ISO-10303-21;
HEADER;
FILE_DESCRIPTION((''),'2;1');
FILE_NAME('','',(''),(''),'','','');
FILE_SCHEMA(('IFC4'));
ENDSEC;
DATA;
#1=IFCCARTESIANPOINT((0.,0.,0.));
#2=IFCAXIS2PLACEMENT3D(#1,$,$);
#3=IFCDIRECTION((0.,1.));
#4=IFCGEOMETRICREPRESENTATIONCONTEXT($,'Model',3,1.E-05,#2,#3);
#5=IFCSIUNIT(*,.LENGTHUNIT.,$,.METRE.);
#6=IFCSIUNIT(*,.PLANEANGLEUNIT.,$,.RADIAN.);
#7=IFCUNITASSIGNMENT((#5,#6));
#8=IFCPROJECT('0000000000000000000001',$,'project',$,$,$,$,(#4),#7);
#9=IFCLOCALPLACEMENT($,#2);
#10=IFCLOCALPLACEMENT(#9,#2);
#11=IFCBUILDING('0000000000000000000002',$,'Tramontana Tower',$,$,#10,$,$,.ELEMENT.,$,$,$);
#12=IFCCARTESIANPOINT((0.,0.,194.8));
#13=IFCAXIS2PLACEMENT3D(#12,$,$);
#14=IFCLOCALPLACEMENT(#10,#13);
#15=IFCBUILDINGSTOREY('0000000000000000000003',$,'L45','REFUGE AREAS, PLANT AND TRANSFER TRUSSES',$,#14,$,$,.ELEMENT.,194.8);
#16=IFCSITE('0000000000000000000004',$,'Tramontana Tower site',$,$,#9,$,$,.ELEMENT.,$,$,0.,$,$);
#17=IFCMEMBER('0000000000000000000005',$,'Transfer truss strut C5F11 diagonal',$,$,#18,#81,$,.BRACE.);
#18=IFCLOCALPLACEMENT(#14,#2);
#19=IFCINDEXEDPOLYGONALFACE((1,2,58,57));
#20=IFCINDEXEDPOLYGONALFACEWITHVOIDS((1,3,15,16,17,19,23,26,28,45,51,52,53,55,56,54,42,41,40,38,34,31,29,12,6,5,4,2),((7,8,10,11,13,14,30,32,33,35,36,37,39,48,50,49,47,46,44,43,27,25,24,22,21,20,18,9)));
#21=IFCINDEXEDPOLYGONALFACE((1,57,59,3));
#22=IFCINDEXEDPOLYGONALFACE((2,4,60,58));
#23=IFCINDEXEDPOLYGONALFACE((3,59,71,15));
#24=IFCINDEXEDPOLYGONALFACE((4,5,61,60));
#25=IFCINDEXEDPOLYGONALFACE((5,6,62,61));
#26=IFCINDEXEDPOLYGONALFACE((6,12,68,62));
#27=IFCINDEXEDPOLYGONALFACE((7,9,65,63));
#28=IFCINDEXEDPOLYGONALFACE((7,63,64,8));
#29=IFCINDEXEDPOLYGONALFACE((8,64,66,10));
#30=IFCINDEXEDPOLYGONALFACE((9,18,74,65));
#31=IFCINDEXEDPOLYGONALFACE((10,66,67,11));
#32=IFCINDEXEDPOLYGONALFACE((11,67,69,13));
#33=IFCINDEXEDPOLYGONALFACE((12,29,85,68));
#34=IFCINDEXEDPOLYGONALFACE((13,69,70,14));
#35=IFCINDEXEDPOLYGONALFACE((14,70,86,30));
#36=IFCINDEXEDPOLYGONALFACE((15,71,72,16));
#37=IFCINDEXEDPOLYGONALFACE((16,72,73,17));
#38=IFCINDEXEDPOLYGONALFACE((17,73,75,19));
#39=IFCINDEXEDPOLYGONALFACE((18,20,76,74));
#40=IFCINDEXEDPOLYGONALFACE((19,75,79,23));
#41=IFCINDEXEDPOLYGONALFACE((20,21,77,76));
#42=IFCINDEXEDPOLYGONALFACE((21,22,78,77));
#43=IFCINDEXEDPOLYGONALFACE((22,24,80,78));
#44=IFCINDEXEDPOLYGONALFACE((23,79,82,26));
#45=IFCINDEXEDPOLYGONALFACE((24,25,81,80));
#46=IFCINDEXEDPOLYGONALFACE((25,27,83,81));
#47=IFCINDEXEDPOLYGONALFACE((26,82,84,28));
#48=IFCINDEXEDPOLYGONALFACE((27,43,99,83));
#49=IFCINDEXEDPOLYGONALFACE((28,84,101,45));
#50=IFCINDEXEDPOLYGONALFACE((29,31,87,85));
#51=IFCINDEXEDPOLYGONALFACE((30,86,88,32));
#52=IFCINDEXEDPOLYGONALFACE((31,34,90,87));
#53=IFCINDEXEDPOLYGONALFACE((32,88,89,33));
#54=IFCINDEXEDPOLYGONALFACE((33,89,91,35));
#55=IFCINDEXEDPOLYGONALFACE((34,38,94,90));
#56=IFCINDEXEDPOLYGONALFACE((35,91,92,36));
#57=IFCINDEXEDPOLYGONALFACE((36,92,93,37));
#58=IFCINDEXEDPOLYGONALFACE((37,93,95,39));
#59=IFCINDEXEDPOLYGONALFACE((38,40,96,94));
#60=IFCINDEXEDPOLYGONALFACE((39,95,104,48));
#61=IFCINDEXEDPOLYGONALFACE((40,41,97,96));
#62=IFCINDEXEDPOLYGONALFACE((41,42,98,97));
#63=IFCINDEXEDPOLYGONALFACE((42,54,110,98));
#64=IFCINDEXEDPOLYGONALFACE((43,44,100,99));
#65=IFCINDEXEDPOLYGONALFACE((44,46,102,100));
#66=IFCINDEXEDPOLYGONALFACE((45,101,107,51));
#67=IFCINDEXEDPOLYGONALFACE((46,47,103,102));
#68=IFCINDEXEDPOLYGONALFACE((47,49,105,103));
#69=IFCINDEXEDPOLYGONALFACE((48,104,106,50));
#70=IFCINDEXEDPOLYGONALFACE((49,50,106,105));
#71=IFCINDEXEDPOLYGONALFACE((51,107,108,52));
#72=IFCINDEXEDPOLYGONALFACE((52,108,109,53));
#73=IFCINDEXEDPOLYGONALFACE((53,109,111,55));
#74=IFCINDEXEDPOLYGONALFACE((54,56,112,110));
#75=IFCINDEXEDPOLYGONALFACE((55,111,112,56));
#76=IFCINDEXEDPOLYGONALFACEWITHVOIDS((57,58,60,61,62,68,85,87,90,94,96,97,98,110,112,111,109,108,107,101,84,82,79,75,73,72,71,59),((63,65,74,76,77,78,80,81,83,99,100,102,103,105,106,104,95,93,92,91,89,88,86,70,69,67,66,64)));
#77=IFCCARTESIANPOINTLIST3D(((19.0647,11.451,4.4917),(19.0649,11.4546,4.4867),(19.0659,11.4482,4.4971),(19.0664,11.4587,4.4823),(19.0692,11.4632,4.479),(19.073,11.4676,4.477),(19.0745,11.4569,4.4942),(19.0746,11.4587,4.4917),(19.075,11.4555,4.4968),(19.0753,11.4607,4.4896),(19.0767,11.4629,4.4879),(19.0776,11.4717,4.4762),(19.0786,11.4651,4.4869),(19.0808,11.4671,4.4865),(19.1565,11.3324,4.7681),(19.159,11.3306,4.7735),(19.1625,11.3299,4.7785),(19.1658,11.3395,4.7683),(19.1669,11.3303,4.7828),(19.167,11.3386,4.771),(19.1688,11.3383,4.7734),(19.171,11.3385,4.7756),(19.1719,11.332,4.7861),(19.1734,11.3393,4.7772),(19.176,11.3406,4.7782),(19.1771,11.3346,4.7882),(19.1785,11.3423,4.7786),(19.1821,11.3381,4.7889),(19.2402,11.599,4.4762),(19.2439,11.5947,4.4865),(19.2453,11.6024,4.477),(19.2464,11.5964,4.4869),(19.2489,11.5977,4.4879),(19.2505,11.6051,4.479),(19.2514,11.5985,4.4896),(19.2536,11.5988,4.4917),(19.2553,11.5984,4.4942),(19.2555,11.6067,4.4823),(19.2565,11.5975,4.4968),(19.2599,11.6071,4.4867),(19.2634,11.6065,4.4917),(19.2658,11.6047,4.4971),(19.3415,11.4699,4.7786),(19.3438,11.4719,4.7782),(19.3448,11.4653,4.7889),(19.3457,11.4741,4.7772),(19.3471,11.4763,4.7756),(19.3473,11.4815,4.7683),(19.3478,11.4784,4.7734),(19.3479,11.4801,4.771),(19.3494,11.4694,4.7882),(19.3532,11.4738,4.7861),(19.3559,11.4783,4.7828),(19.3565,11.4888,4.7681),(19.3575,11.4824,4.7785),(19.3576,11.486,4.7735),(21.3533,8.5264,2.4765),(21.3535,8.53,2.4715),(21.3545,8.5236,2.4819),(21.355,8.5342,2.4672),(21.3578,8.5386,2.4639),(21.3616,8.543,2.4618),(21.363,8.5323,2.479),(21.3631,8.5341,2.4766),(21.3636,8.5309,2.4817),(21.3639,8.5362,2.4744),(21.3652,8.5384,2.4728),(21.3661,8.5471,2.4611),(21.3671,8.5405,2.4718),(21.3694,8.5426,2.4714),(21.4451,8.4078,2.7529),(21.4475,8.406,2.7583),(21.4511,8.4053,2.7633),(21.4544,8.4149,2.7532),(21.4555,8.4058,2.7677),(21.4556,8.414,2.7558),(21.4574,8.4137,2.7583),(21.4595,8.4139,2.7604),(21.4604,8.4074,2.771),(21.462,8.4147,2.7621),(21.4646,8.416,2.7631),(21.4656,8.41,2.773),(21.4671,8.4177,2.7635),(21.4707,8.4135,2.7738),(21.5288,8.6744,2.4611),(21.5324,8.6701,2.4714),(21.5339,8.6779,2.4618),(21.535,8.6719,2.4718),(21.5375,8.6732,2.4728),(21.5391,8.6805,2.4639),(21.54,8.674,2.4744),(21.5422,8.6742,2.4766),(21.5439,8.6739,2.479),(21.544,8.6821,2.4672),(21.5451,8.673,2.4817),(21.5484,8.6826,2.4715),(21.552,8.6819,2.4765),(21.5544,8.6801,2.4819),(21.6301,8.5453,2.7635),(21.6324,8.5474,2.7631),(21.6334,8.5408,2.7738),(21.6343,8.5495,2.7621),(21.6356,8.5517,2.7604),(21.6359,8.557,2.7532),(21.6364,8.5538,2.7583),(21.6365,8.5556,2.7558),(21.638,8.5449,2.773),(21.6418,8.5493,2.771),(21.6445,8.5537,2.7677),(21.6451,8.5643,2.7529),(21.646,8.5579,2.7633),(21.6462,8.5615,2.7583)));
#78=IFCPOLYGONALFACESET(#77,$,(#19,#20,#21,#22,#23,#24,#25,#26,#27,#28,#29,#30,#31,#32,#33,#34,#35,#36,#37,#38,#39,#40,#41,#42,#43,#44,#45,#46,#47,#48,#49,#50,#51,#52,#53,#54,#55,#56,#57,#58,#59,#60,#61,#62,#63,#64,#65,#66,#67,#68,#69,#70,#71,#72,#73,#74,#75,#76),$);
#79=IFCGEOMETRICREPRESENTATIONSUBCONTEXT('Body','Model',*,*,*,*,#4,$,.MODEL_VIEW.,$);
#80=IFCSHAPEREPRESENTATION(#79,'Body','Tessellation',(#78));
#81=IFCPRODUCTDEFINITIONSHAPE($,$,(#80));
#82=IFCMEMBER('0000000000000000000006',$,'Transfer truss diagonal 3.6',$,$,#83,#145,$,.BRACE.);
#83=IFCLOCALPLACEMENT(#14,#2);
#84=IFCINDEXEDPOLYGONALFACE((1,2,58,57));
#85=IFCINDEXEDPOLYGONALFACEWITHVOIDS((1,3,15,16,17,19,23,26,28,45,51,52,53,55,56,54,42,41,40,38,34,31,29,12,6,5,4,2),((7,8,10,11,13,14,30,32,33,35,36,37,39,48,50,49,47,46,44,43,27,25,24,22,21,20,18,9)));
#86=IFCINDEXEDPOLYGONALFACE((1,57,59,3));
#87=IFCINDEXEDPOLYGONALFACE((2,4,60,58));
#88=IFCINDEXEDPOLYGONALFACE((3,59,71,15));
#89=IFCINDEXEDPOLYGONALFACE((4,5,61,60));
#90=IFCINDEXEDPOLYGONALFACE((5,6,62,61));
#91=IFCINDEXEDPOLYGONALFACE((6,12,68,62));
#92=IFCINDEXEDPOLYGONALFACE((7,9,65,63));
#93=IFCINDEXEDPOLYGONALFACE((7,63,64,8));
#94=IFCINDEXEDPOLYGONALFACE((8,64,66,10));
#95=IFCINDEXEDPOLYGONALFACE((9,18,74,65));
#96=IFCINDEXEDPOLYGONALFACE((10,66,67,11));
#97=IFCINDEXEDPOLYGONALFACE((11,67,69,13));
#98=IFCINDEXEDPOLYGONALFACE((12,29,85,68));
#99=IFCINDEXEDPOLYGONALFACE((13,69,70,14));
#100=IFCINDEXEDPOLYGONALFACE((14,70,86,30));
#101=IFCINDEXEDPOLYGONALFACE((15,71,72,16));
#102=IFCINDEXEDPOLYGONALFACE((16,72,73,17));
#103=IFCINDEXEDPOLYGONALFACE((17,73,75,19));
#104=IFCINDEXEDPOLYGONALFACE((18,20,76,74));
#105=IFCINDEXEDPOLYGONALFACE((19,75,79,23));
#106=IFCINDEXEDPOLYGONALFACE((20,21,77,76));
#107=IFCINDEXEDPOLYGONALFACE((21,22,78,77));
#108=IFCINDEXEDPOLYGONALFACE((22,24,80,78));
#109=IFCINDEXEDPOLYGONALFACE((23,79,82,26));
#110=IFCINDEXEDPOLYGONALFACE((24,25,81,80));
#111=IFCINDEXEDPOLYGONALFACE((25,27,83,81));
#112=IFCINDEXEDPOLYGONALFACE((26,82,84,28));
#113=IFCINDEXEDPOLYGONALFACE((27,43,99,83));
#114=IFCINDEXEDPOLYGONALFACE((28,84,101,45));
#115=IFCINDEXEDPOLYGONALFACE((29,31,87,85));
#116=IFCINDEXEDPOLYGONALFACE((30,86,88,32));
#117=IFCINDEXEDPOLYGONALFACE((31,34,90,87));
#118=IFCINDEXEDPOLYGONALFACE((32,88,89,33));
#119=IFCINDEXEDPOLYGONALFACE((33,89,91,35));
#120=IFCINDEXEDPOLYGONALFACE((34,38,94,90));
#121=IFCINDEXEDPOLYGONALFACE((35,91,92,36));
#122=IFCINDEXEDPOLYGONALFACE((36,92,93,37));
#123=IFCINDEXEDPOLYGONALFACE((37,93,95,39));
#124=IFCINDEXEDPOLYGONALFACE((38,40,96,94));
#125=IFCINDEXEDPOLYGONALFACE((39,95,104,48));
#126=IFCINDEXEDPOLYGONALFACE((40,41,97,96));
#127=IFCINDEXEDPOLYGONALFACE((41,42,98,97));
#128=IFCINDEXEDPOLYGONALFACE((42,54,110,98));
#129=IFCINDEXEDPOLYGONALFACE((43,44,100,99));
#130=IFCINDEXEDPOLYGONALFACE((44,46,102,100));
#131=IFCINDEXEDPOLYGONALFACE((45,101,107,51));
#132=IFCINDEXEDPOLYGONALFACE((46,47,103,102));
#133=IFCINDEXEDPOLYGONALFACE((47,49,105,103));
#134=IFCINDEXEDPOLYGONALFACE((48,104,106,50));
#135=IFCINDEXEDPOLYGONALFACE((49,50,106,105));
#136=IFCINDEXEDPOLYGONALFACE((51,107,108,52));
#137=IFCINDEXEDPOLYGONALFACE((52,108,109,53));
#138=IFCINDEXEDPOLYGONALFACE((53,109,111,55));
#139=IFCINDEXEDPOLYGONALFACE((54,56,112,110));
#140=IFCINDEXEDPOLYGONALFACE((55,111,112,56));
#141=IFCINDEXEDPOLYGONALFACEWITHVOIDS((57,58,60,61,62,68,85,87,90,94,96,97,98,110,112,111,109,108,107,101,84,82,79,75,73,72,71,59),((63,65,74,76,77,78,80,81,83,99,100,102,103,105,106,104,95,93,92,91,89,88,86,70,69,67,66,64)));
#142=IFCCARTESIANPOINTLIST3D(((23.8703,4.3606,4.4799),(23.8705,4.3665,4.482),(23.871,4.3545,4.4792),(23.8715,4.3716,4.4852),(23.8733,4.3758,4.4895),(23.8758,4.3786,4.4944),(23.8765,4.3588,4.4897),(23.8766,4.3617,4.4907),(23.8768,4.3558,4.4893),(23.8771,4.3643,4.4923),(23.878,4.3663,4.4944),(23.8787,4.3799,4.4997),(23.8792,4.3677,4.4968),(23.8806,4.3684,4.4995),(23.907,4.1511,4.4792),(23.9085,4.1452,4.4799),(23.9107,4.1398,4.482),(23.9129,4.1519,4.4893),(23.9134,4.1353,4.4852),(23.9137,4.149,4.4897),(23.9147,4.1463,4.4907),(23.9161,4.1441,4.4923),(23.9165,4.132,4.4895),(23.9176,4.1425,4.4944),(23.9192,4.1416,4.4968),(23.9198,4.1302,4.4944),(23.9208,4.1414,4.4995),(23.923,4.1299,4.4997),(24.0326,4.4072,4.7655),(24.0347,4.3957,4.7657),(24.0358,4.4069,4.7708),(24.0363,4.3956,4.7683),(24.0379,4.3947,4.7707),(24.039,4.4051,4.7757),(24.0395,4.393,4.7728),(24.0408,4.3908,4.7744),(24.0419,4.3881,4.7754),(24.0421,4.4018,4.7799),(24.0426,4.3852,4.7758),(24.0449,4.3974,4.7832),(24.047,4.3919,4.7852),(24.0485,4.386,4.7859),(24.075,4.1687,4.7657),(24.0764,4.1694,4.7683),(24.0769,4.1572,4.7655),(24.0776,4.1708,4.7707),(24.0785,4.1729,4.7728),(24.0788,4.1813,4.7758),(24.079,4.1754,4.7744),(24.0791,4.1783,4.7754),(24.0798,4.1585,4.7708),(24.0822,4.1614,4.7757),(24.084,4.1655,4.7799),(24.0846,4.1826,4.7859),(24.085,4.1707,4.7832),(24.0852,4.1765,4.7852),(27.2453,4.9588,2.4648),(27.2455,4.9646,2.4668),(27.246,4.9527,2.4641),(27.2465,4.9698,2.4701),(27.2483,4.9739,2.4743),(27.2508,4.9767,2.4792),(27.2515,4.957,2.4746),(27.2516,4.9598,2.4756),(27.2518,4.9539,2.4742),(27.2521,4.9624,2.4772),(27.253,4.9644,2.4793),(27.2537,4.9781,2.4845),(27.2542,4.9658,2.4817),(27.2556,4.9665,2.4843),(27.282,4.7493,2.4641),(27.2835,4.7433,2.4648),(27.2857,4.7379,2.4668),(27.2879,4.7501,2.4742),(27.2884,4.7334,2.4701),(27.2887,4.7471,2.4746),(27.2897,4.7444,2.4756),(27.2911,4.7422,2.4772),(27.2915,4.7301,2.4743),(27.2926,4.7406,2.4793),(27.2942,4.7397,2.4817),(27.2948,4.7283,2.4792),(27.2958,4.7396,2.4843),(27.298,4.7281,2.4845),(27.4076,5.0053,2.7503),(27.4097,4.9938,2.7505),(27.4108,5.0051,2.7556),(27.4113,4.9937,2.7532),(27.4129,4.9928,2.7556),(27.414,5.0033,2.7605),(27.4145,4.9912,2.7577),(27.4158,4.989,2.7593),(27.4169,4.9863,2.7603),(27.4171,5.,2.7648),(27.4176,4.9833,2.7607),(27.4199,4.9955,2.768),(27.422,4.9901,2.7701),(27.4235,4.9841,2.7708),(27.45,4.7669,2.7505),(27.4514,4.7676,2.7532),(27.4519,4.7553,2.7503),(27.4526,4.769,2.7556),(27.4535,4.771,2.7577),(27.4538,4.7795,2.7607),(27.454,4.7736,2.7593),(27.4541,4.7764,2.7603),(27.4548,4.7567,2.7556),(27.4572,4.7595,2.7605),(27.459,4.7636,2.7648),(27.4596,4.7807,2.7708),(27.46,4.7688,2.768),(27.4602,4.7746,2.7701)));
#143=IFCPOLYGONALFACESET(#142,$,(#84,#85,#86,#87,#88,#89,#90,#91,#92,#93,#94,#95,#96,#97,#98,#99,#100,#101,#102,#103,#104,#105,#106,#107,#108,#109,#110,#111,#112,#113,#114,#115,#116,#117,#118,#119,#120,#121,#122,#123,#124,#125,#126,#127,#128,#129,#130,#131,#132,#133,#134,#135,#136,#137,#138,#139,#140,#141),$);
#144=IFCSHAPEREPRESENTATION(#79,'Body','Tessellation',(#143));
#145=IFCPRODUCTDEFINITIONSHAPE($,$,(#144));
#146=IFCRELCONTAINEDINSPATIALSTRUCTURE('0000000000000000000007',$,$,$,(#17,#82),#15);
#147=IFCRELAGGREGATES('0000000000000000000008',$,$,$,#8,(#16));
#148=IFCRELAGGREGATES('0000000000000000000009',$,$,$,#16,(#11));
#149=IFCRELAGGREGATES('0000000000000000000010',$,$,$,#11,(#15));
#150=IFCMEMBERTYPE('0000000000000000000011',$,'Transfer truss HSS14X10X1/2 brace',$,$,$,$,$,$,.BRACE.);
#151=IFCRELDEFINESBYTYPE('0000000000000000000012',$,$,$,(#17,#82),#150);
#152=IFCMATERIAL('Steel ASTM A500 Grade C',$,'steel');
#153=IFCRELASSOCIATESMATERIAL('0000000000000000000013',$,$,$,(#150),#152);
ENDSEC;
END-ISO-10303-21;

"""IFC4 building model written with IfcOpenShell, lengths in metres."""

from ifc_helpers import new_model, si_unit, direction, frame, origin, origin_2d, place, context, subcontext, project, spatial, hollow_rectangle, extrude, material, material_profile, profile_set, type_object, element, save


model = new_model("IFC4")

# Units and contexts
model_context = context("Model", 3, precision=1e-05, world=origin(), true_north=direction((0.0, 1.0)))
body_context = subcontext(model_context, "Body", "Model", "MODEL_VIEW")
ifc_project = project(units=[si_unit("LENGTHUNIT", "METRE"), si_unit("PLANEANGLEUNIT", "RADIAN")], contexts=[model_context])

# Site, building, storey
site_placement = place(None, origin())
site = spatial("IfcSite", under=ifc_project, at=site_placement, Name="Tramontana Tower site", CompositionType="ELEMENT", RefElevation=0.0)
building_placement = place(site_placement, origin())
building = spatial("IfcBuilding", under=site, at=building_placement, Name="Tramontana Tower", CompositionType="ELEMENT")
storey_placement = place(building_placement, frame((0.0, 0.0, 194.8)))
storey = spatial("IfcBuildingStorey", under=building, at=storey_placement, Name="L45", Description="REFUGE AREAS, PLANT AND TRANSFER TRUSSES", CompositionType="ELEMENT", Elevation=194.8)

# Members
ifc_material_1 = material(Name="Steel ASTM A500 Grade C", Category="steel")
ifc_material_profile_1 = material_profile(ifc_material_1, hollow_rectangle(XDim=0.2539, YDim=0.3557, WallThickness=0.0117, InnerFilletRadius=0.0117, OuterFilletRadius=0.0237, at=origin_2d()), Name="HSS14X10X1/2")
ifc_profile_set_1 = profile_set([ifc_material_profile_1], Name="Steel ASTM A500 Grade C")
member_type_1 = type_object("IfcMemberType", Name="Transfer truss HSS14X10X1/2 brace", PredefinedType="BRACE", material=ifc_profile_set_1)
member_1_placement = place(storey_placement, frame((21.4998, 8.5439, 2.6174), z_axis=(-0.541663, 0.692189, 0.476945), x_axis=(-0.787533, -0.616273, 0.0)))
element("IfcMember", 1, at=member_1_placement, inside=storey, type_object=member_type_1, Name="Transfer truss strut C5F11 diagonal", PredefinedType="BRACE", context=body_context, shape_type="SweptSolid", body=[
    extrude(hollow_rectangle(XDim=0.2539, YDim=0.3557, WallThickness=0.0117, InnerFilletRadius=0.0117, OuterFilletRadius=0.0237, at=origin_2d()), origin(), (0.0, 0.0, 1.0), 4.2251),
])
member_2_placement = place(storey_placement, frame((23.9778, 4.2686, 4.6326), z_axis=(0.848827, 0.150436, -0.506815), x_axis=(-0.174509, 0.984656, 0.0)))
element("IfcMember", 2, at=member_2_placement, inside=storey, type_object=member_type_1, Name="Transfer truss diagonal 3.6", PredefinedType="BRACE", context=body_context, shape_type="SweptSolid", body=[
    extrude(hollow_rectangle(XDim=0.2539, YDim=0.3557, WallThickness=0.0117, InnerFilletRadius=0.0117, OuterFilletRadius=0.0237, at=origin_2d()), origin(), (0.0, 0.0, 1.0), 3.9761),
])

save(model, "model.ifc")
